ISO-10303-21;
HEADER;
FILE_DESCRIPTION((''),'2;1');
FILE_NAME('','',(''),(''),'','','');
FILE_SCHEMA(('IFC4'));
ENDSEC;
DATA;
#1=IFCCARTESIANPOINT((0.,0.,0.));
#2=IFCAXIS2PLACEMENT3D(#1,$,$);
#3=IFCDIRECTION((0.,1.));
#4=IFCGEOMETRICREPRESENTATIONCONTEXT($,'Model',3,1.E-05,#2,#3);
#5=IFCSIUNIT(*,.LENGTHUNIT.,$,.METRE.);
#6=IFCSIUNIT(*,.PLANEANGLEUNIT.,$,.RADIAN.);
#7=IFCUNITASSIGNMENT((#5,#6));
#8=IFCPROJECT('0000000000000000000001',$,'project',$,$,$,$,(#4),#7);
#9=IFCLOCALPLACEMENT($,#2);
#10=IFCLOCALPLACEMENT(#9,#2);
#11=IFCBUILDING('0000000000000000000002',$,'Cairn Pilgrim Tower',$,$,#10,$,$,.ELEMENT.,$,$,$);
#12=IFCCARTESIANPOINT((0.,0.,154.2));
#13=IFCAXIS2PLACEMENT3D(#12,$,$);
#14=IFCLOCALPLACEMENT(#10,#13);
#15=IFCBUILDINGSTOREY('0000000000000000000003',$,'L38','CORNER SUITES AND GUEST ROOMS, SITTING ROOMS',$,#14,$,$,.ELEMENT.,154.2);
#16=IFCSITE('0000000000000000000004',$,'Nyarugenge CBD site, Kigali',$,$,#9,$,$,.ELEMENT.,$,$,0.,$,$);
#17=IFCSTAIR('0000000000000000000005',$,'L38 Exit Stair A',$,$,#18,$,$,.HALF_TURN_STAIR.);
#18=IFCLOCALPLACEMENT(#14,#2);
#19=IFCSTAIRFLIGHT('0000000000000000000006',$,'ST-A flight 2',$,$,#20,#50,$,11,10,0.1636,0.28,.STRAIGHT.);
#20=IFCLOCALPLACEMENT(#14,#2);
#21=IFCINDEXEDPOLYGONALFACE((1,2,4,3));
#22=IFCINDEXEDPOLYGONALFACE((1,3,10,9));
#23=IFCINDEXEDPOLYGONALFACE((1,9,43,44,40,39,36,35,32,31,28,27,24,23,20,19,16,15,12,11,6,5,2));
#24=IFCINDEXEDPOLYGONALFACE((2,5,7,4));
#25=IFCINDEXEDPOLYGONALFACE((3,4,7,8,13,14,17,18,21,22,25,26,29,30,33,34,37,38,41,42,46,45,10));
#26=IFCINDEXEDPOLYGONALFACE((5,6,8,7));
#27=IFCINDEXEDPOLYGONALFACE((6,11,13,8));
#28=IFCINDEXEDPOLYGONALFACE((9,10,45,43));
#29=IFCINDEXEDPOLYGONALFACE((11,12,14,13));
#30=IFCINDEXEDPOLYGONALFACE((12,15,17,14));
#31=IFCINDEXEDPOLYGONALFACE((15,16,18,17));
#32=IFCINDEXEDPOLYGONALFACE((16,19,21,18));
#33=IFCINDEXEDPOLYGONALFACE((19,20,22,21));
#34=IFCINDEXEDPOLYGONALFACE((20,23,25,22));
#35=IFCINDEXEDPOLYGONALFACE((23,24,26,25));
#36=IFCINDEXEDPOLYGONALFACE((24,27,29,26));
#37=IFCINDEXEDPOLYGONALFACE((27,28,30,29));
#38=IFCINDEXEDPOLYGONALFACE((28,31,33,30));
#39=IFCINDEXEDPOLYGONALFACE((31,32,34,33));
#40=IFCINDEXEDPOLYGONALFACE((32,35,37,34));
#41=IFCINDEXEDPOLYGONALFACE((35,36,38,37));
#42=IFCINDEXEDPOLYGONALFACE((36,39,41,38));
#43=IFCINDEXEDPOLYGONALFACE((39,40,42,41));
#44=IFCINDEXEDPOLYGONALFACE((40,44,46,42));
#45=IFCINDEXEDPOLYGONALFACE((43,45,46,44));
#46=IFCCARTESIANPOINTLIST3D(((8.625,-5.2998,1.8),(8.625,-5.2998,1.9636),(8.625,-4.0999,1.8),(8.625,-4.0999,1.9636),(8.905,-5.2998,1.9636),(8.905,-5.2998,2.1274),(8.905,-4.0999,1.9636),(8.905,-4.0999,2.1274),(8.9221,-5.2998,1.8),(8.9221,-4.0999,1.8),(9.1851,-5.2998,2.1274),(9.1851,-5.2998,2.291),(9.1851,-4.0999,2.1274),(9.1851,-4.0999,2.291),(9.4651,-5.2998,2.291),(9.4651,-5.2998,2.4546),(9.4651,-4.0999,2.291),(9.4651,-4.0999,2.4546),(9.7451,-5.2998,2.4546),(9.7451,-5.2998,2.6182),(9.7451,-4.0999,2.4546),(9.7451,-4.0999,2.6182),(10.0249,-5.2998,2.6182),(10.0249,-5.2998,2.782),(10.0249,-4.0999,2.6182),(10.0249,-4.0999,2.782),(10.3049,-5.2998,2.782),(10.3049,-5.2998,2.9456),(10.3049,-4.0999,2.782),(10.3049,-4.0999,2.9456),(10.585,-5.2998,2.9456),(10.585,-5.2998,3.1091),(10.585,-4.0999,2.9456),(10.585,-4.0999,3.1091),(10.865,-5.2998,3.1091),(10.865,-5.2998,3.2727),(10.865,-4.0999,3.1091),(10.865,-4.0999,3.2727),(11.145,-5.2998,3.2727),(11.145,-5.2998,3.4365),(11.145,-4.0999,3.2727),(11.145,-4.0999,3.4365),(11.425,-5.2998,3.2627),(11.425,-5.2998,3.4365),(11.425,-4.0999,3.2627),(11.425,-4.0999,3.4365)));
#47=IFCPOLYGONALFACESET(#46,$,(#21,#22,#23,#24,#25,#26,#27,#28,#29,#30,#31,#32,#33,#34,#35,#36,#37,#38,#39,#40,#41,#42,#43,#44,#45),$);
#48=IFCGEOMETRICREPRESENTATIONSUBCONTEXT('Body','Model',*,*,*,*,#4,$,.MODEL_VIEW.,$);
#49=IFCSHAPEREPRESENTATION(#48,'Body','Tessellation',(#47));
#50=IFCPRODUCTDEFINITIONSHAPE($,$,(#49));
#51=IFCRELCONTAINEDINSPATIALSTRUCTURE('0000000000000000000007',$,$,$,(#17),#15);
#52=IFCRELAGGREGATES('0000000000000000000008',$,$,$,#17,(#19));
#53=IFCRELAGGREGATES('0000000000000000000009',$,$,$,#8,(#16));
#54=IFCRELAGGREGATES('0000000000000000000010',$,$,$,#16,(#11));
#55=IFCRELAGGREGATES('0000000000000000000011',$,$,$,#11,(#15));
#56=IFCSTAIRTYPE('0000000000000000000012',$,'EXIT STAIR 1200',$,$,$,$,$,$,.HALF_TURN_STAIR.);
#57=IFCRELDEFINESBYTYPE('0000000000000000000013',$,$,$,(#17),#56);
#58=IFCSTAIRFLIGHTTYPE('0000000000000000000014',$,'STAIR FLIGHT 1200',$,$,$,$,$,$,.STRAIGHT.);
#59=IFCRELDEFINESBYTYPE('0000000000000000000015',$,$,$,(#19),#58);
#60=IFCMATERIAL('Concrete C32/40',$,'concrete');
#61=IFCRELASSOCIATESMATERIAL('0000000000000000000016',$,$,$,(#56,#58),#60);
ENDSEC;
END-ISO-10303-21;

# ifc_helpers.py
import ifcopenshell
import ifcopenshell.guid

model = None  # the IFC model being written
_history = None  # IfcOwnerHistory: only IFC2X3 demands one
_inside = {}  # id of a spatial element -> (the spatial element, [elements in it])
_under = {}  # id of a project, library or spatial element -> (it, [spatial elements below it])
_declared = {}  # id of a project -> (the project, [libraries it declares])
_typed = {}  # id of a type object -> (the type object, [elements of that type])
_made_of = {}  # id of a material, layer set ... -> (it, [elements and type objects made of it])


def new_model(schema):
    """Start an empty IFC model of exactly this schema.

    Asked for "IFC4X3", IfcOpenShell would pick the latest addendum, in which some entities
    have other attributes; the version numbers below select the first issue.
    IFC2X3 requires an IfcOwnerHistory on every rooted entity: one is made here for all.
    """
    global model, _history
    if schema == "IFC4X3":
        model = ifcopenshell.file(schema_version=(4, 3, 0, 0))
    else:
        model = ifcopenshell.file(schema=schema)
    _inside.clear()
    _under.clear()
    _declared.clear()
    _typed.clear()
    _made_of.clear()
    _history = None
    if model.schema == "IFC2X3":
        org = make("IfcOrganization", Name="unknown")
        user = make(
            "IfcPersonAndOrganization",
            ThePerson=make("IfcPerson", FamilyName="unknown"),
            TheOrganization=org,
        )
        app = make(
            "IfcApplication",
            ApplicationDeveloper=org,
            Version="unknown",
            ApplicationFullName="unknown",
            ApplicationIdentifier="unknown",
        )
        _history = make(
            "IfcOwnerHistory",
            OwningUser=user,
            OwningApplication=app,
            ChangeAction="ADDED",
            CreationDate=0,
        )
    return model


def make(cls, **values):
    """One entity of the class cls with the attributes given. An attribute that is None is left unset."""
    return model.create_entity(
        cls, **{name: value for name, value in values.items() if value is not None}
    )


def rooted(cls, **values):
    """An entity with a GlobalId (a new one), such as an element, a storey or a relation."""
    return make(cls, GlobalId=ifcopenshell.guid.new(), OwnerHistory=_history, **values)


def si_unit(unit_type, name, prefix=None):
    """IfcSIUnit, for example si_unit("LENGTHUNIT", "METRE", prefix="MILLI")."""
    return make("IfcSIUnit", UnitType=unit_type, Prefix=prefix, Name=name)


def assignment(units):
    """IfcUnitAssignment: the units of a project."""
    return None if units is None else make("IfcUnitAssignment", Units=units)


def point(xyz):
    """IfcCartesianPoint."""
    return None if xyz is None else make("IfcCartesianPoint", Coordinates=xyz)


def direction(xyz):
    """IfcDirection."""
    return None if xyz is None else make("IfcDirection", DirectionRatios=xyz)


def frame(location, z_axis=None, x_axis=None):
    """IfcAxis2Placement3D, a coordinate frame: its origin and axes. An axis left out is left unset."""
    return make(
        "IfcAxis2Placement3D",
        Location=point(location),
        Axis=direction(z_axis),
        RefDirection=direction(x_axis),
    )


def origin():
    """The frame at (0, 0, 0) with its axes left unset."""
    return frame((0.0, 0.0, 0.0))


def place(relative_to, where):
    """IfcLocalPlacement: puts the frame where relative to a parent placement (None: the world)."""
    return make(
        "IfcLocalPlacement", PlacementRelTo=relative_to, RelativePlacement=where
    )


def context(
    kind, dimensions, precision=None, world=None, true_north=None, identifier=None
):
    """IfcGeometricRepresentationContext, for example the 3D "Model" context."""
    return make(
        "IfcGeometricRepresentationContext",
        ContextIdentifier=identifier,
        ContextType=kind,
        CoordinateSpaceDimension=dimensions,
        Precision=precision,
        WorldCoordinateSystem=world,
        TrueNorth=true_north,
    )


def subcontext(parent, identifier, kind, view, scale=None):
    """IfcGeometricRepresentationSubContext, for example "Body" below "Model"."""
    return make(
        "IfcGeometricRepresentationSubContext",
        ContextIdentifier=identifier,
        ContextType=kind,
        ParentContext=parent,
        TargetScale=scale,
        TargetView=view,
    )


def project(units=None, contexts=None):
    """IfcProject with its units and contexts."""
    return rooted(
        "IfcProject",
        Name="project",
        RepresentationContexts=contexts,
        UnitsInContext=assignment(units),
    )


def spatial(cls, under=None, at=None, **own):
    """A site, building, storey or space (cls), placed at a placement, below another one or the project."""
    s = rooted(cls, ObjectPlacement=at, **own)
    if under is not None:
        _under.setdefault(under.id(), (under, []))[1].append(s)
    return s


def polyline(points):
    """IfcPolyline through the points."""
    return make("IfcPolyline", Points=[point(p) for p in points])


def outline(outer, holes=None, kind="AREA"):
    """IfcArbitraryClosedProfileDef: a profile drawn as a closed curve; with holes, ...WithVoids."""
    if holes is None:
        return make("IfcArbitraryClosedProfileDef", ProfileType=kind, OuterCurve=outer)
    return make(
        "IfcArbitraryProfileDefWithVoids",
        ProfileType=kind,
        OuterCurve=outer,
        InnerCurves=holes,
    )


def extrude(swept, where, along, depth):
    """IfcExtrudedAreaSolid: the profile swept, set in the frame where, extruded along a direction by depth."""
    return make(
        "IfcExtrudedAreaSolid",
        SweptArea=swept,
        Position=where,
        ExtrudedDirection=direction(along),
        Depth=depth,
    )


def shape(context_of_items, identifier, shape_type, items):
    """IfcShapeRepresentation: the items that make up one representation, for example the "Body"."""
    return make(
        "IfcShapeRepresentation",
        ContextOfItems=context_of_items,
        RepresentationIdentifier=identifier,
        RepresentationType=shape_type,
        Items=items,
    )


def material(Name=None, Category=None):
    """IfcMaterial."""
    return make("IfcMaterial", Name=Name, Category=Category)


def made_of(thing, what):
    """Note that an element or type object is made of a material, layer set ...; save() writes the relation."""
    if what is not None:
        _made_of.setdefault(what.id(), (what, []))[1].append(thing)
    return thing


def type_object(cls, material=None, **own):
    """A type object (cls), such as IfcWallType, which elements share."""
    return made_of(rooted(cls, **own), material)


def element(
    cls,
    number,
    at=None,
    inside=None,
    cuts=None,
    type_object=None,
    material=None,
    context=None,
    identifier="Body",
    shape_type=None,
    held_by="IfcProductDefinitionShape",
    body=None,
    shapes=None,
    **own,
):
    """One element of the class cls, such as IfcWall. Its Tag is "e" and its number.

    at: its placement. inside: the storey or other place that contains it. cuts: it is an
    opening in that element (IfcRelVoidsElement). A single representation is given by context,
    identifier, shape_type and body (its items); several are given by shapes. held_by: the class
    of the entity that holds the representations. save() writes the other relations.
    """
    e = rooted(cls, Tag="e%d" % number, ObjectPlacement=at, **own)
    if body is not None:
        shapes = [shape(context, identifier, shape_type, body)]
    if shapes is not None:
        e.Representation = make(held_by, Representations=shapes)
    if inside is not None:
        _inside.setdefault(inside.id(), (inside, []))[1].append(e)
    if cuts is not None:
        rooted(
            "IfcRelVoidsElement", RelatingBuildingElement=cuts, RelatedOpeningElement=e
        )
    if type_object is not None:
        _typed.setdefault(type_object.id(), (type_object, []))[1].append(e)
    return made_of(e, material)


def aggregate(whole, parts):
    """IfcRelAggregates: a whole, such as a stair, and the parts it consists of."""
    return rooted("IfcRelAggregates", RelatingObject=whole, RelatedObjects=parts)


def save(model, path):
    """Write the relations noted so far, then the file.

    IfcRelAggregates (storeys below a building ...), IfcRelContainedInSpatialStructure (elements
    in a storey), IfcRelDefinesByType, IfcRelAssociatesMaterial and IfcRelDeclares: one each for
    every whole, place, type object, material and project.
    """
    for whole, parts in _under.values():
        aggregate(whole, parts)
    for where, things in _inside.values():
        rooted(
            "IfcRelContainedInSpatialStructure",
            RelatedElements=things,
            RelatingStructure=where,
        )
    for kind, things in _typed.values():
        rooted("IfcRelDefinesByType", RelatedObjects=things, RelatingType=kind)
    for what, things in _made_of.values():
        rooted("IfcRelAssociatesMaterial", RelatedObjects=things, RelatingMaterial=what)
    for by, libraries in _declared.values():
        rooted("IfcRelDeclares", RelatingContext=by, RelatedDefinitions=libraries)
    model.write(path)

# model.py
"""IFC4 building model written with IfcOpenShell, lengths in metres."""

from ifc_helpers import new_model, si_unit, direction, frame, origin, place, context, subcontext, project, spatial, polyline, outline, extrude, material, type_object, element, aggregate, save


model = new_model("IFC4")

# Units and contexts
model_context = context("Model", 3, precision=1e-05, world=origin(), true_north=direction((0.0, 1.0)))
body_context = subcontext(model_context, "Body", "Model", "MODEL_VIEW")
ifc_project = project(units=[si_unit("LENGTHUNIT", "METRE"), si_unit("PLANEANGLEUNIT", "RADIAN")], contexts=[model_context])

# Site, building, storey
site_placement = place(None, origin())
site = spatial("IfcSite", under=ifc_project, at=site_placement, Name="Nyarugenge CBD site, Kigali", CompositionType="ELEMENT", RefElevation=0.0)
building_placement = place(site_placement, origin())
building = spatial("IfcBuilding", under=site, at=building_placement, Name="Cairn Pilgrim Tower", CompositionType="ELEMENT")
storey_placement = place(building_placement, frame((0.0, 0.0, 154.2)))
storey = spatial("IfcBuildingStorey", under=building, at=storey_placement, Name="L38", Description="CORNER SUITES AND GUEST ROOMS, SITTING ROOMS", CompositionType="ELEMENT", Elevation=154.2)

# Shared definitions
ifc_material_1 = material(Name="Concrete C32/40", Category="concrete")

# Stair, stair flight
stair_type = type_object("IfcStairType", Name="EXIT STAIR 1200", PredefinedType="HALF_TURN_STAIR", material=ifc_material_1)
stair_placement = place(storey_placement, origin())
stair = element("IfcStair", 1, at=stair_placement, inside=storey, type_object=stair_type, Name="L38 Exit Stair A", PredefinedType="HALF_TURN_STAIR")
stair_flight_type = type_object("IfcStairFlightType", Name="STAIR FLIGHT 1200", PredefinedType="STRAIGHT", material=ifc_material_1)
stair_flight_1_placement = place(storey_placement, frame((8.625, -4.7, 1.8), z_axis=(0.0, 0.0, 1.0), x_axis=(1.0, 0.0, 0.0)))
stair_flight_1 = element("IfcStairFlight", 2, at=stair_flight_1_placement, type_object=stair_flight_type, Name="ST-A flight 2", NumberOfRisers=11, NumberOfTreads=10, PredefinedType="STRAIGHT", RiserHeight=0.1636, TreadLength=0.28, context=body_context, shape_type="SweptSolid", body=[
    extrude(outline(polyline([(0.0, 0.0), (0.0, 0.1636), (0.28, 0.1636), (0.28, 0.3274), (0.5601, 0.3274), (0.5601, 0.491), (0.8401, 0.491), (0.8401, 0.6545), (1.1201, 0.6545), (1.1201, 0.8181), (1.3999, 0.8181), (1.3999, 0.9819), (1.6799, 0.9819), (1.6799, 1.1455), (1.96, 1.1455), (1.96, 1.3091), (2.24, 1.3091), (2.24, 1.4727), (2.52, 1.4727), (2.52, 1.6365), (2.8, 1.6365), (2.8, 1.8), (2.8, 1.4626), (0.2971, 0.0), (0.0, 0.0)])), frame((0.0, 0.6001, 0.0), z_axis=(0.0, -1.0, 0.0), x_axis=(1.0, 0.0, 0.0)), (0.0, 0.0, 1.0), 1.2),
])
aggregate(stair, [stair_flight_1])

save(model, "model.ifc")
